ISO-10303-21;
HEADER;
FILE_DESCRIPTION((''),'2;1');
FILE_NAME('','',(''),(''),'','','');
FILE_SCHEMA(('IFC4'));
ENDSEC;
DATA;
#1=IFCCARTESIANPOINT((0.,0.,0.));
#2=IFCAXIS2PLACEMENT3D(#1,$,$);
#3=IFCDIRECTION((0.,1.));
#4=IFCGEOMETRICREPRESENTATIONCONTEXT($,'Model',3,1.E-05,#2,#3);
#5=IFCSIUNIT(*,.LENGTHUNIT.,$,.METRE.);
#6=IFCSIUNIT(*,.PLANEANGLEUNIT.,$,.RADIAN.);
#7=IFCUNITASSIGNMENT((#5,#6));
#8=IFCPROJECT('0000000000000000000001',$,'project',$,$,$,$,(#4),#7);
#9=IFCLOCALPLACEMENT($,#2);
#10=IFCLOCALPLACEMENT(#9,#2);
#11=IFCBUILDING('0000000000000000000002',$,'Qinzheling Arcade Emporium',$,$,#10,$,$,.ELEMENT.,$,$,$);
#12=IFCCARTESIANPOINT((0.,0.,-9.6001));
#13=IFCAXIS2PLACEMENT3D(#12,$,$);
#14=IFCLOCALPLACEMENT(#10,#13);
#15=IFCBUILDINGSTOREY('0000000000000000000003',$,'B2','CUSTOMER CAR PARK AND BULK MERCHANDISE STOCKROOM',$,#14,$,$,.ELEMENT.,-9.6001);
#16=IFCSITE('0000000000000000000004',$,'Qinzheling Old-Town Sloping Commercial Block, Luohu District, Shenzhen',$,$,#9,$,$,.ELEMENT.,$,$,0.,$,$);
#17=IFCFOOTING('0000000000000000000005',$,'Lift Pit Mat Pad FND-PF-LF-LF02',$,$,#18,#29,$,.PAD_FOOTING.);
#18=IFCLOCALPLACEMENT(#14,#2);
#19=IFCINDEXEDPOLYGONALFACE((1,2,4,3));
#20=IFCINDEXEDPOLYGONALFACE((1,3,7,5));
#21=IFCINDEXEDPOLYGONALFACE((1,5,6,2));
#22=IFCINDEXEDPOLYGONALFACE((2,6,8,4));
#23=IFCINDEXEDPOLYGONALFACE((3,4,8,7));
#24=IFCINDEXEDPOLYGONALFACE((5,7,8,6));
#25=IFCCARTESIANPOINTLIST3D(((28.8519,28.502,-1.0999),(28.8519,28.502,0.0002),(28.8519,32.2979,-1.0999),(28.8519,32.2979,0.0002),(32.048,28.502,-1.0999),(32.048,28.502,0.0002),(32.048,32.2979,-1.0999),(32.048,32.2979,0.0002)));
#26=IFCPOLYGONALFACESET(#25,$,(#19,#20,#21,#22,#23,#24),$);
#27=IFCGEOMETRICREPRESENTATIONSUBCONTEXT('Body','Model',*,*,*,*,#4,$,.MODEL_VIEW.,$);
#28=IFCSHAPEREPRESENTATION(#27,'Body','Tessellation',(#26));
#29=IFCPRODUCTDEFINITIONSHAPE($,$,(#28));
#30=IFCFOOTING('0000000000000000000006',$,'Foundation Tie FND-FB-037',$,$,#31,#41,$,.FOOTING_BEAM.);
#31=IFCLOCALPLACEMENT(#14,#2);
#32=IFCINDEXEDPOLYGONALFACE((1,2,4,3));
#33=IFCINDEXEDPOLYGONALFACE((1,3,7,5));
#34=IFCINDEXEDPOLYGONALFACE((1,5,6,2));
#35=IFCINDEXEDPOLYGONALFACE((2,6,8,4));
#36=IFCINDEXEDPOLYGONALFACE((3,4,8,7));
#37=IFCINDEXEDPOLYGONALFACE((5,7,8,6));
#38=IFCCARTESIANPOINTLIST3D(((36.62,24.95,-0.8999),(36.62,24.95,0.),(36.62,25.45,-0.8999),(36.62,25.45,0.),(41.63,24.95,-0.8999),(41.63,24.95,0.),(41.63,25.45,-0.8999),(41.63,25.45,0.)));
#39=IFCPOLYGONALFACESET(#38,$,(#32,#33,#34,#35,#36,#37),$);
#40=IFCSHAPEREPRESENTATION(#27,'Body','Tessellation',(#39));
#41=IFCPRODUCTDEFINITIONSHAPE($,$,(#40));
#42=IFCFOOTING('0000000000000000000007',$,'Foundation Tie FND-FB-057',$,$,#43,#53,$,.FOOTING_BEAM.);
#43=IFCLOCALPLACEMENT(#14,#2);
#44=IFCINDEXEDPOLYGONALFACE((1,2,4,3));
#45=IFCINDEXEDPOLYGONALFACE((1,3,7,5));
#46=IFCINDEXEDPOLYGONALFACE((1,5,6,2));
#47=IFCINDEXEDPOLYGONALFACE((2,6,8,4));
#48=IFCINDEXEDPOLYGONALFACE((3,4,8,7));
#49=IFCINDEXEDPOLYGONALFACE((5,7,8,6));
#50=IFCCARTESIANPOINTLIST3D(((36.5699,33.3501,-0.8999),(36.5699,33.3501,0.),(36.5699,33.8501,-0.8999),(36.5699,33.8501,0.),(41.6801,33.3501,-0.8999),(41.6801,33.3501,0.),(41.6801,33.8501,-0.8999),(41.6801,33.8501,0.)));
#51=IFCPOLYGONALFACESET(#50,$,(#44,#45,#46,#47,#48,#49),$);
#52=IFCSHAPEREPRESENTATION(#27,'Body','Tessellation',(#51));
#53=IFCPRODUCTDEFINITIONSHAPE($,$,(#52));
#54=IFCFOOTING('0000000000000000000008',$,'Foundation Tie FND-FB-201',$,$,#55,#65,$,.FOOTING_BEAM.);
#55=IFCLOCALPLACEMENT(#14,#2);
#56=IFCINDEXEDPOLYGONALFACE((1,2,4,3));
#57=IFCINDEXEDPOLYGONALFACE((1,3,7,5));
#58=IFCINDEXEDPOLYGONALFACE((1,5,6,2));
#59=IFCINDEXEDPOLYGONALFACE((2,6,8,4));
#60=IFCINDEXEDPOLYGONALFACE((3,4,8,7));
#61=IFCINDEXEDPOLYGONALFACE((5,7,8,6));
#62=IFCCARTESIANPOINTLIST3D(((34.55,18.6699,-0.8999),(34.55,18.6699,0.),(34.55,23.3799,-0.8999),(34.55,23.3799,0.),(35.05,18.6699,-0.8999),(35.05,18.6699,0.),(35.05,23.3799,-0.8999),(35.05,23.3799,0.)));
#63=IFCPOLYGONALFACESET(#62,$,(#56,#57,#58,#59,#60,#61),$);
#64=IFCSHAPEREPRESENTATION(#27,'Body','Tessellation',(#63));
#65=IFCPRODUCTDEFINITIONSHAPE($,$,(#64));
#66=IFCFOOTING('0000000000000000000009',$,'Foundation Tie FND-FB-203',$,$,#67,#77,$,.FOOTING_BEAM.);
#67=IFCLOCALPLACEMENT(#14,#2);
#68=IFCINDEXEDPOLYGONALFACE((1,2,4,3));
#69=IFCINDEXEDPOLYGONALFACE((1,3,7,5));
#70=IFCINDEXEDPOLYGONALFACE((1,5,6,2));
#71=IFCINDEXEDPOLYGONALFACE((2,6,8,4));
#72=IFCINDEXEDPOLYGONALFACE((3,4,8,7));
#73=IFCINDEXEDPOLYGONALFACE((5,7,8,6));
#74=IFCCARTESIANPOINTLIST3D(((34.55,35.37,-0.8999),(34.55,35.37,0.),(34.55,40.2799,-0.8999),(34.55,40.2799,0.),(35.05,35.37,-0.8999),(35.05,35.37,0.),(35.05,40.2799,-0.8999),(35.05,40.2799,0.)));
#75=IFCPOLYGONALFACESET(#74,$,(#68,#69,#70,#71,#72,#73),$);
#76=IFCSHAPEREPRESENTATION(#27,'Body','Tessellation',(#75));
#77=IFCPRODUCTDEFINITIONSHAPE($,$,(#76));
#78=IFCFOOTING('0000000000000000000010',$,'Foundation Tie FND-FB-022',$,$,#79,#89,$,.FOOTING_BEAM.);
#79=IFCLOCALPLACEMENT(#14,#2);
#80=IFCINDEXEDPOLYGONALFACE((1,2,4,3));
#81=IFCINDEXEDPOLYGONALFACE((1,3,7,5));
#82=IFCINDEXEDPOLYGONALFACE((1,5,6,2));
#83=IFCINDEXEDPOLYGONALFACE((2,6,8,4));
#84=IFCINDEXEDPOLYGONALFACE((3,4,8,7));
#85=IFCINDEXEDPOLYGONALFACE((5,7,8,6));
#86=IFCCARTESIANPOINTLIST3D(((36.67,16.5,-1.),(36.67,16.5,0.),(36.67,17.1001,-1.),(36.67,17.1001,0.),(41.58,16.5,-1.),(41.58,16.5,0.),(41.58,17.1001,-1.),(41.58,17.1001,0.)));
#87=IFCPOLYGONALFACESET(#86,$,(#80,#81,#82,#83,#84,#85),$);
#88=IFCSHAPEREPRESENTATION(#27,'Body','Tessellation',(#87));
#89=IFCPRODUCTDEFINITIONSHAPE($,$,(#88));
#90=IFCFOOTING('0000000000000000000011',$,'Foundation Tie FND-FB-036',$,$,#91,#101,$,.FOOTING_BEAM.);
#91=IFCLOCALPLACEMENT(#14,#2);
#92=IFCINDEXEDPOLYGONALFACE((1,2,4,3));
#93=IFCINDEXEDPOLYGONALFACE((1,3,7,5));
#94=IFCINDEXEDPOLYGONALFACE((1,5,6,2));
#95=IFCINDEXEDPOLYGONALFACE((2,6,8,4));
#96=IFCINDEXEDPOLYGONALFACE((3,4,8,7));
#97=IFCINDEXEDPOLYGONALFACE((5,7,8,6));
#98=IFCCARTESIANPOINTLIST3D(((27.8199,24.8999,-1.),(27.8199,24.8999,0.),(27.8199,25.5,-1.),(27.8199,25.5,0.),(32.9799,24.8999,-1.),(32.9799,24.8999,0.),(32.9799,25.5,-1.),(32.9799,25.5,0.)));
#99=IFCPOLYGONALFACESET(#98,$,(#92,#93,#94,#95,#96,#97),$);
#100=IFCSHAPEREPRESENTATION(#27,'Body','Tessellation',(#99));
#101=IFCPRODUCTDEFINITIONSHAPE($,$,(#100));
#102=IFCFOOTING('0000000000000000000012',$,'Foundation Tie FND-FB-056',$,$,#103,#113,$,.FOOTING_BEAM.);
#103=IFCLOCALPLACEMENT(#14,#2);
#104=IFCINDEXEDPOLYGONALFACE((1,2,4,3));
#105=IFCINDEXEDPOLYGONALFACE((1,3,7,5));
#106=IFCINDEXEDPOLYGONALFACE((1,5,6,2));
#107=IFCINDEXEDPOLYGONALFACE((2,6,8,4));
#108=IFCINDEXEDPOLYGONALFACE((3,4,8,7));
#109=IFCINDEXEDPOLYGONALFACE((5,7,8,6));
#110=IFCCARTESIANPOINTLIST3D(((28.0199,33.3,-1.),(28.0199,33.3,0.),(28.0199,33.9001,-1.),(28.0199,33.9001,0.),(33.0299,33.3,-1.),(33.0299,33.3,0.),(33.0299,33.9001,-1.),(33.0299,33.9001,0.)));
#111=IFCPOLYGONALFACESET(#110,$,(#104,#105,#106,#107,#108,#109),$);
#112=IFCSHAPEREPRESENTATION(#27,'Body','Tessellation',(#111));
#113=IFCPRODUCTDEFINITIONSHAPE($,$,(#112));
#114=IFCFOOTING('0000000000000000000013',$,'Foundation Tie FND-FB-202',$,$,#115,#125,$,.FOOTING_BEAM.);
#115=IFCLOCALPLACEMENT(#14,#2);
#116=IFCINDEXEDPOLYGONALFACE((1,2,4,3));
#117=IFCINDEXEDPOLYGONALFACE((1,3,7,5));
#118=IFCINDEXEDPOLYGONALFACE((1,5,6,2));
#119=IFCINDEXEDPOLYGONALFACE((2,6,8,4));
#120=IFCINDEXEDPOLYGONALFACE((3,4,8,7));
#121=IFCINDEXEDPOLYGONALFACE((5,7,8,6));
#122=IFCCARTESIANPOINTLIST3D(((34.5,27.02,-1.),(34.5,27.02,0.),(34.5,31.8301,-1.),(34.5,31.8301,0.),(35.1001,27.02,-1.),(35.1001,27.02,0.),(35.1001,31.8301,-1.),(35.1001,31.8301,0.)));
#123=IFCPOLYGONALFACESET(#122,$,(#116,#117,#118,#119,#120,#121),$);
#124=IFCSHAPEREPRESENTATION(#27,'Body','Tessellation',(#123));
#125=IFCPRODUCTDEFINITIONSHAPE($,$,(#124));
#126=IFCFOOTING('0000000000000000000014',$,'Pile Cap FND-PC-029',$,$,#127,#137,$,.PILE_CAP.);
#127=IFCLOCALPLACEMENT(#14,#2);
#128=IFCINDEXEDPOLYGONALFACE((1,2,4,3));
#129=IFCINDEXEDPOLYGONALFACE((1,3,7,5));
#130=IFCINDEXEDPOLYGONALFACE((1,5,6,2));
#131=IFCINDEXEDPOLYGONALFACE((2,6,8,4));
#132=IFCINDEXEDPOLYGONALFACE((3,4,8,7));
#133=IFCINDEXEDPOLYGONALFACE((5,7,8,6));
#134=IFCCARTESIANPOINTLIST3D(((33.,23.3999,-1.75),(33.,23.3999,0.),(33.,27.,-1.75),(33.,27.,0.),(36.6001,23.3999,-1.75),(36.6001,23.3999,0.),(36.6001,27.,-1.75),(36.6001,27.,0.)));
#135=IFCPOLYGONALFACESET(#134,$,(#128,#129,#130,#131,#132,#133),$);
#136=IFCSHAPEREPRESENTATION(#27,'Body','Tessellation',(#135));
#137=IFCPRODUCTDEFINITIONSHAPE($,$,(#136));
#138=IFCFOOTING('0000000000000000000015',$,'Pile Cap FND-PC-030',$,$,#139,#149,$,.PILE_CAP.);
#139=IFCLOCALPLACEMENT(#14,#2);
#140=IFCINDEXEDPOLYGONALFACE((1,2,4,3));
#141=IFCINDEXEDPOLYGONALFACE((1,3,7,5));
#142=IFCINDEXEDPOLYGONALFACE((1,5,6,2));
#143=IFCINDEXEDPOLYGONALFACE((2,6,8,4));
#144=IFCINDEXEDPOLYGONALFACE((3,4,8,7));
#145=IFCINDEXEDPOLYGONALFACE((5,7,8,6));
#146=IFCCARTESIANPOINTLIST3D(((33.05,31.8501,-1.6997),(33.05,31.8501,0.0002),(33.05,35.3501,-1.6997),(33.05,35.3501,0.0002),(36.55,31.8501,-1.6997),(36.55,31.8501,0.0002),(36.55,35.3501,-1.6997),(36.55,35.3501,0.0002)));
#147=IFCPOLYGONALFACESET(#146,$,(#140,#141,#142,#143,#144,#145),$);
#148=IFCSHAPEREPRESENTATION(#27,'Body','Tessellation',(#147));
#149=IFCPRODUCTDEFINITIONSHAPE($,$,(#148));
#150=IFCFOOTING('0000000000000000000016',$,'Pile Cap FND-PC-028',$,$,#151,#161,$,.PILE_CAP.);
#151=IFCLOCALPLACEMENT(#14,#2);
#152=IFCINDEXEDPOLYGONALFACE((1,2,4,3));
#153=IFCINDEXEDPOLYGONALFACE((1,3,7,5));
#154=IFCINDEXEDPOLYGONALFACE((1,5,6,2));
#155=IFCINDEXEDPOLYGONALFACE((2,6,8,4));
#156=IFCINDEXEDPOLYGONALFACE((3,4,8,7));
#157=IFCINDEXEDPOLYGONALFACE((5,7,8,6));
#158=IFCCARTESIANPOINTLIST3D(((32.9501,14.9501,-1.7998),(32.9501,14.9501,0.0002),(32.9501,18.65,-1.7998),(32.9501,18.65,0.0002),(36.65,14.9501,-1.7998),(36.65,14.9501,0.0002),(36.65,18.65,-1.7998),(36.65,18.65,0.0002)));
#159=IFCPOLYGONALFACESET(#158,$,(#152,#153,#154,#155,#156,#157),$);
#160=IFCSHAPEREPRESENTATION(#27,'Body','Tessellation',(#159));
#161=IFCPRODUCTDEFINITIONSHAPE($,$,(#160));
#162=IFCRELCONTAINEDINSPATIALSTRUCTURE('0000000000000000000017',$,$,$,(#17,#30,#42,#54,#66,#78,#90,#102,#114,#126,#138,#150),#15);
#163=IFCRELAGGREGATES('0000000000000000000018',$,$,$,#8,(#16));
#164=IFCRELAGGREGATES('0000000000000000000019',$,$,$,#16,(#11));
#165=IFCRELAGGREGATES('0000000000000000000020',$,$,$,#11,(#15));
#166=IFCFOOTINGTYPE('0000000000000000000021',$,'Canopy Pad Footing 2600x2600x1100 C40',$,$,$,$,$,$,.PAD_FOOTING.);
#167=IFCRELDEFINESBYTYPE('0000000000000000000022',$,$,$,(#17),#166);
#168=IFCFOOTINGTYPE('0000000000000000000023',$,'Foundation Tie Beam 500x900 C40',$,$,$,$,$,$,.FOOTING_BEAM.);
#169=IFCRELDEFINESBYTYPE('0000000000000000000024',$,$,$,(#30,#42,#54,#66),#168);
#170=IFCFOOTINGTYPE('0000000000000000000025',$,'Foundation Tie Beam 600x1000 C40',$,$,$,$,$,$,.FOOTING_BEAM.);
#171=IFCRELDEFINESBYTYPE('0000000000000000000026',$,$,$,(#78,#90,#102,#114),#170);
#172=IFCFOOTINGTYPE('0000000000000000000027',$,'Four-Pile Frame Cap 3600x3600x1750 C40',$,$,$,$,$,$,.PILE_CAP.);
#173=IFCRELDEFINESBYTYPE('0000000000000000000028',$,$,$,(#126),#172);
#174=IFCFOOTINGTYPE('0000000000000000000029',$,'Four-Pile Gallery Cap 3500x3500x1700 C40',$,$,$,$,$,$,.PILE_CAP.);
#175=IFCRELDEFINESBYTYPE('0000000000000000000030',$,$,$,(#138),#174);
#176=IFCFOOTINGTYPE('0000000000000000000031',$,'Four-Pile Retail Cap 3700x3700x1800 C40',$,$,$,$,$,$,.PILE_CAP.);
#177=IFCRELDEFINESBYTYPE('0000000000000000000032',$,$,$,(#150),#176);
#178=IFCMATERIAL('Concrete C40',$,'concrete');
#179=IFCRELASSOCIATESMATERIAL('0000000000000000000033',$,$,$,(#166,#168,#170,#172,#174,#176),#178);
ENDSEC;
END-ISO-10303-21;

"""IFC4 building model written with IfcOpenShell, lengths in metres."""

from ifc_helpers import new_model, si_unit, direction, frame, origin, origin_2d, place, context, subcontext, project, spatial, rectangle, extrude, material, type_object, element, save


model = new_model("IFC4")

# Units and contexts
model_context = context("Model", 3, precision=1e-05, world=origin(), true_north=direction((0.0, 1.0)))
body_context = subcontext(model_context, "Body", "Model", "MODEL_VIEW")
ifc_project = project(units=[si_unit("LENGTHUNIT", "METRE"), si_unit("PLANEANGLEUNIT", "RADIAN")], contexts=[model_context])

# Site, building, storey
site_placement = place(None, origin())
site = spatial("IfcSite", under=ifc_project, at=site_placement, Name="Qinzheling Old-Town Sloping Commercial Block, Luohu District, Shenzhen", CompositionType="ELEMENT", RefElevation=0.0)
building_placement = place(site_placement, origin())
building = spatial("IfcBuilding", under=site, at=building_placement, Name="Qinzheling Arcade Emporium", CompositionType="ELEMENT")
storey_placement = place(building_placement, frame((0.0, 0.0, -9.6001)))
storey = spatial("IfcBuildingStorey", under=building, at=storey_placement, Name="B2", Description="CUSTOMER CAR PARK AND BULK MERCHANDISE STOCKROOM", CompositionType="ELEMENT", Elevation=-9.6001)

# Footings
ifc_material_1 = material(Name="Concrete C40", Category="concrete")
footing_type_1 = type_object("IfcFootingType", Name="Canopy Pad Footing 2600x2600x1100 C40", PredefinedType="PAD_FOOTING", material=ifc_material_1)
footing_1_placement = place(storey_placement, frame((30.45, 30.3999, -1.0999), z_axis=(0.0, 0.0, 1.0), x_axis=(1.0, 0.0, 0.0)))
element("IfcFooting", 1, at=footing_1_placement, inside=storey, type_object=footing_type_1, Name="Lift Pit Mat Pad FND-PF-LF-LF02", PredefinedType="PAD_FOOTING", context=body_context, shape_type="SweptSolid", body=[
    extrude(rectangle(XDim=3.196, YDim=3.7959, at=origin_2d()), origin(), (0.0, 0.0, 1.0), 1.1001),
])
footing_type_2 = type_object("IfcFootingType", Name="Foundation Tie Beam 500x900 C40", PredefinedType="FOOTING_BEAM", material=ifc_material_1)
footing_2_placement = place(storey_placement, frame((39.125, 25.2, -0.8999), z_axis=(0.0, 0.0, 1.0), x_axis=(1.0, 0.0, 0.0)))
element("IfcFooting", 2, at=footing_2_placement, inside=storey, type_object=footing_type_2, Name="Foundation Tie FND-FB-037", PredefinedType="FOOTING_BEAM", context=body_context, shape_type="SweptSolid", body=[
    extrude(rectangle(XDim=5.01, YDim=0.5, at=origin_2d()), origin(), (0.0, 0.0, 1.0), 0.8999),
])
footing_3_placement = place(storey_placement, frame((39.125, 33.6001, -0.8999), z_axis=(0.0, 0.0, 1.0), x_axis=(1.0, 0.0, 0.0)))
element("IfcFooting", 3, at=footing_3_placement, inside=storey, type_object=footing_type_2, Name="Foundation Tie FND-FB-057", PredefinedType="FOOTING_BEAM", context=body_context, shape_type="SweptSolid", body=[
    extrude(rectangle(XDim=5.1101, YDim=0.5, at=origin_2d()), origin(), (0.0, 0.0, 1.0), 0.8999),
])
footing_4_placement = place(storey_placement, frame((34.8, 21.0249, -0.8999), z_axis=(0.0, 0.0, 1.0), x_axis=(1.0, 0.0, 0.0)))
element("IfcFooting", 4, at=footing_4_placement, inside=storey, type_object=footing_type_2, Name="Foundation Tie FND-FB-201", PredefinedType="FOOTING_BEAM", context=body_context, shape_type="SweptSolid", body=[
    extrude(rectangle(XDim=0.5, YDim=4.71, at=origin_2d()), origin(), (0.0, 0.0, 1.0), 0.8999),
])
footing_5_placement = place(storey_placement, frame((34.8, 37.825, -0.8999), z_axis=(0.0, 0.0, 1.0), x_axis=(1.0, 0.0, 0.0)))
element("IfcFooting", 5, at=footing_5_placement, inside=storey, type_object=footing_type_2, Name="Foundation Tie FND-FB-203", PredefinedType="FOOTING_BEAM", context=body_context, shape_type="SweptSolid", body=[
    extrude(rectangle(XDim=0.5, YDim=4.9099, at=origin_2d()), origin(), (0.0, 0.0, 1.0), 0.8999),
])
footing_type_3 = type_object("IfcFootingType", Name="Foundation Tie Beam 600x1000 C40", PredefinedType="FOOTING_BEAM", material=ifc_material_1)
footing_6_placement = place(storey_placement, frame((39.125, 16.8, -1.0), z_axis=(0.0, 0.0, 1.0), x_axis=(1.0, 0.0, 0.0)))
element("IfcFooting", 6, at=footing_6_placement, inside=storey, type_object=footing_type_3, Name="Foundation Tie FND-FB-022", PredefinedType="FOOTING_BEAM", context=body_context, shape_type="SweptSolid", body=[
    extrude(rectangle(XDim=4.9099, YDim=0.6001, at=origin_2d()), origin(), (0.0, 0.0, 1.0), 1.0),
])
footing_7_placement = place(storey_placement, frame((30.3999, 25.2, -1.0), z_axis=(0.0, 0.0, 1.0), x_axis=(1.0, 0.0, 0.0)))
element("IfcFooting", 7, at=footing_7_placement, inside=storey, type_object=footing_type_3, Name="Foundation Tie FND-FB-036", PredefinedType="FOOTING_BEAM", context=body_context, shape_type="SweptSolid", body=[
    extrude(rectangle(XDim=5.1599, YDim=0.6001, at=origin_2d()), origin(), (0.0, 0.0, 1.0), 1.0),
])
footing_8_placement = place(storey_placement, frame((30.5249, 33.6001, -1.0), z_axis=(0.0, 0.0, 1.0), x_axis=(1.0, 0.0, 0.0)))
element("IfcFooting", 8, at=footing_8_placement, inside=storey, type_object=footing_type_3, Name="Foundation Tie FND-FB-056", PredefinedType="FOOTING_BEAM", context=body_context, shape_type="SweptSolid", body=[
    extrude(rectangle(XDim=5.01, YDim=0.6001, at=origin_2d()), origin(), (0.0, 0.0, 1.0), 1.0),
])
footing_9_placement = place(storey_placement, frame((34.8, 29.425, -1.0), z_axis=(0.0, 0.0, 1.0), x_axis=(1.0, 0.0, 0.0)))
element("IfcFooting", 9, at=footing_9_placement, inside=storey, type_object=footing_type_3, Name="Foundation Tie FND-FB-202", PredefinedType="FOOTING_BEAM", context=body_context, shape_type="SweptSolid", body=[
    extrude(rectangle(XDim=0.6001, YDim=4.8101, at=origin_2d()), origin(), (0.0, 0.0, 1.0), 1.0),
])
footing_type_4 = type_object("IfcFootingType", Name="Four-Pile Frame Cap 3600x3600x1750 C40", PredefinedType="PILE_CAP", material=ifc_material_1)
footing_10_placement = place(storey_placement, frame((34.8, 25.2, -1.75), z_axis=(0.0, 0.0, 1.0), x_axis=(1.0, 0.0, 0.0)))
element("IfcFooting", 10, at=footing_10_placement, inside=storey, type_object=footing_type_4, Name="Pile Cap FND-PC-029", PredefinedType="PILE_CAP", context=body_context, shape_type="SweptSolid", body=[
    extrude(rectangle(XDim=3.6001, YDim=3.6001, at=origin_2d()), origin(), (0.0, 0.0, 1.0), 1.75),
])
footing_type_5 = type_object("IfcFootingType", Name="Four-Pile Gallery Cap 3500x3500x1700 C40", PredefinedType="PILE_CAP", material=ifc_material_1)
footing_11_placement = place(storey_placement, frame((34.8, 33.6001, -1.6997), z_axis=(0.0, 0.0, 1.0), x_axis=(1.0, 0.0, 0.0)))
element("IfcFooting", 11, at=footing_11_placement, inside=storey, type_object=footing_type_5, Name="Pile Cap FND-PC-030", PredefinedType="PILE_CAP", context=body_context, shape_type="SweptSolid", body=[
    extrude(rectangle(XDim=3.5, YDim=3.5, at=origin_2d()), origin(), (0.0, 0.0, 1.0), 1.7),
])
footing_type_6 = type_object("IfcFootingType", Name="Four-Pile Retail Cap 3700x3700x1800 C40", PredefinedType="PILE_CAP", material=ifc_material_1)
footing_12_placement = place(storey_placement, frame((34.8, 16.8, -1.7998), z_axis=(0.0, 0.0, 1.0), x_axis=(1.0, 0.0, 0.0)))
element("IfcFooting", 12, at=footing_12_placement, inside=storey, type_object=footing_type_6, Name="Pile Cap FND-PC-028", PredefinedType="PILE_CAP", context=body_context, shape_type="SweptSolid", body=[
    extrude(rectangle(XDim=3.7, YDim=3.7, at=origin_2d()), origin(), (0.0, 0.0, 1.0), 1.8),
])

save(model, "model.ifc")
